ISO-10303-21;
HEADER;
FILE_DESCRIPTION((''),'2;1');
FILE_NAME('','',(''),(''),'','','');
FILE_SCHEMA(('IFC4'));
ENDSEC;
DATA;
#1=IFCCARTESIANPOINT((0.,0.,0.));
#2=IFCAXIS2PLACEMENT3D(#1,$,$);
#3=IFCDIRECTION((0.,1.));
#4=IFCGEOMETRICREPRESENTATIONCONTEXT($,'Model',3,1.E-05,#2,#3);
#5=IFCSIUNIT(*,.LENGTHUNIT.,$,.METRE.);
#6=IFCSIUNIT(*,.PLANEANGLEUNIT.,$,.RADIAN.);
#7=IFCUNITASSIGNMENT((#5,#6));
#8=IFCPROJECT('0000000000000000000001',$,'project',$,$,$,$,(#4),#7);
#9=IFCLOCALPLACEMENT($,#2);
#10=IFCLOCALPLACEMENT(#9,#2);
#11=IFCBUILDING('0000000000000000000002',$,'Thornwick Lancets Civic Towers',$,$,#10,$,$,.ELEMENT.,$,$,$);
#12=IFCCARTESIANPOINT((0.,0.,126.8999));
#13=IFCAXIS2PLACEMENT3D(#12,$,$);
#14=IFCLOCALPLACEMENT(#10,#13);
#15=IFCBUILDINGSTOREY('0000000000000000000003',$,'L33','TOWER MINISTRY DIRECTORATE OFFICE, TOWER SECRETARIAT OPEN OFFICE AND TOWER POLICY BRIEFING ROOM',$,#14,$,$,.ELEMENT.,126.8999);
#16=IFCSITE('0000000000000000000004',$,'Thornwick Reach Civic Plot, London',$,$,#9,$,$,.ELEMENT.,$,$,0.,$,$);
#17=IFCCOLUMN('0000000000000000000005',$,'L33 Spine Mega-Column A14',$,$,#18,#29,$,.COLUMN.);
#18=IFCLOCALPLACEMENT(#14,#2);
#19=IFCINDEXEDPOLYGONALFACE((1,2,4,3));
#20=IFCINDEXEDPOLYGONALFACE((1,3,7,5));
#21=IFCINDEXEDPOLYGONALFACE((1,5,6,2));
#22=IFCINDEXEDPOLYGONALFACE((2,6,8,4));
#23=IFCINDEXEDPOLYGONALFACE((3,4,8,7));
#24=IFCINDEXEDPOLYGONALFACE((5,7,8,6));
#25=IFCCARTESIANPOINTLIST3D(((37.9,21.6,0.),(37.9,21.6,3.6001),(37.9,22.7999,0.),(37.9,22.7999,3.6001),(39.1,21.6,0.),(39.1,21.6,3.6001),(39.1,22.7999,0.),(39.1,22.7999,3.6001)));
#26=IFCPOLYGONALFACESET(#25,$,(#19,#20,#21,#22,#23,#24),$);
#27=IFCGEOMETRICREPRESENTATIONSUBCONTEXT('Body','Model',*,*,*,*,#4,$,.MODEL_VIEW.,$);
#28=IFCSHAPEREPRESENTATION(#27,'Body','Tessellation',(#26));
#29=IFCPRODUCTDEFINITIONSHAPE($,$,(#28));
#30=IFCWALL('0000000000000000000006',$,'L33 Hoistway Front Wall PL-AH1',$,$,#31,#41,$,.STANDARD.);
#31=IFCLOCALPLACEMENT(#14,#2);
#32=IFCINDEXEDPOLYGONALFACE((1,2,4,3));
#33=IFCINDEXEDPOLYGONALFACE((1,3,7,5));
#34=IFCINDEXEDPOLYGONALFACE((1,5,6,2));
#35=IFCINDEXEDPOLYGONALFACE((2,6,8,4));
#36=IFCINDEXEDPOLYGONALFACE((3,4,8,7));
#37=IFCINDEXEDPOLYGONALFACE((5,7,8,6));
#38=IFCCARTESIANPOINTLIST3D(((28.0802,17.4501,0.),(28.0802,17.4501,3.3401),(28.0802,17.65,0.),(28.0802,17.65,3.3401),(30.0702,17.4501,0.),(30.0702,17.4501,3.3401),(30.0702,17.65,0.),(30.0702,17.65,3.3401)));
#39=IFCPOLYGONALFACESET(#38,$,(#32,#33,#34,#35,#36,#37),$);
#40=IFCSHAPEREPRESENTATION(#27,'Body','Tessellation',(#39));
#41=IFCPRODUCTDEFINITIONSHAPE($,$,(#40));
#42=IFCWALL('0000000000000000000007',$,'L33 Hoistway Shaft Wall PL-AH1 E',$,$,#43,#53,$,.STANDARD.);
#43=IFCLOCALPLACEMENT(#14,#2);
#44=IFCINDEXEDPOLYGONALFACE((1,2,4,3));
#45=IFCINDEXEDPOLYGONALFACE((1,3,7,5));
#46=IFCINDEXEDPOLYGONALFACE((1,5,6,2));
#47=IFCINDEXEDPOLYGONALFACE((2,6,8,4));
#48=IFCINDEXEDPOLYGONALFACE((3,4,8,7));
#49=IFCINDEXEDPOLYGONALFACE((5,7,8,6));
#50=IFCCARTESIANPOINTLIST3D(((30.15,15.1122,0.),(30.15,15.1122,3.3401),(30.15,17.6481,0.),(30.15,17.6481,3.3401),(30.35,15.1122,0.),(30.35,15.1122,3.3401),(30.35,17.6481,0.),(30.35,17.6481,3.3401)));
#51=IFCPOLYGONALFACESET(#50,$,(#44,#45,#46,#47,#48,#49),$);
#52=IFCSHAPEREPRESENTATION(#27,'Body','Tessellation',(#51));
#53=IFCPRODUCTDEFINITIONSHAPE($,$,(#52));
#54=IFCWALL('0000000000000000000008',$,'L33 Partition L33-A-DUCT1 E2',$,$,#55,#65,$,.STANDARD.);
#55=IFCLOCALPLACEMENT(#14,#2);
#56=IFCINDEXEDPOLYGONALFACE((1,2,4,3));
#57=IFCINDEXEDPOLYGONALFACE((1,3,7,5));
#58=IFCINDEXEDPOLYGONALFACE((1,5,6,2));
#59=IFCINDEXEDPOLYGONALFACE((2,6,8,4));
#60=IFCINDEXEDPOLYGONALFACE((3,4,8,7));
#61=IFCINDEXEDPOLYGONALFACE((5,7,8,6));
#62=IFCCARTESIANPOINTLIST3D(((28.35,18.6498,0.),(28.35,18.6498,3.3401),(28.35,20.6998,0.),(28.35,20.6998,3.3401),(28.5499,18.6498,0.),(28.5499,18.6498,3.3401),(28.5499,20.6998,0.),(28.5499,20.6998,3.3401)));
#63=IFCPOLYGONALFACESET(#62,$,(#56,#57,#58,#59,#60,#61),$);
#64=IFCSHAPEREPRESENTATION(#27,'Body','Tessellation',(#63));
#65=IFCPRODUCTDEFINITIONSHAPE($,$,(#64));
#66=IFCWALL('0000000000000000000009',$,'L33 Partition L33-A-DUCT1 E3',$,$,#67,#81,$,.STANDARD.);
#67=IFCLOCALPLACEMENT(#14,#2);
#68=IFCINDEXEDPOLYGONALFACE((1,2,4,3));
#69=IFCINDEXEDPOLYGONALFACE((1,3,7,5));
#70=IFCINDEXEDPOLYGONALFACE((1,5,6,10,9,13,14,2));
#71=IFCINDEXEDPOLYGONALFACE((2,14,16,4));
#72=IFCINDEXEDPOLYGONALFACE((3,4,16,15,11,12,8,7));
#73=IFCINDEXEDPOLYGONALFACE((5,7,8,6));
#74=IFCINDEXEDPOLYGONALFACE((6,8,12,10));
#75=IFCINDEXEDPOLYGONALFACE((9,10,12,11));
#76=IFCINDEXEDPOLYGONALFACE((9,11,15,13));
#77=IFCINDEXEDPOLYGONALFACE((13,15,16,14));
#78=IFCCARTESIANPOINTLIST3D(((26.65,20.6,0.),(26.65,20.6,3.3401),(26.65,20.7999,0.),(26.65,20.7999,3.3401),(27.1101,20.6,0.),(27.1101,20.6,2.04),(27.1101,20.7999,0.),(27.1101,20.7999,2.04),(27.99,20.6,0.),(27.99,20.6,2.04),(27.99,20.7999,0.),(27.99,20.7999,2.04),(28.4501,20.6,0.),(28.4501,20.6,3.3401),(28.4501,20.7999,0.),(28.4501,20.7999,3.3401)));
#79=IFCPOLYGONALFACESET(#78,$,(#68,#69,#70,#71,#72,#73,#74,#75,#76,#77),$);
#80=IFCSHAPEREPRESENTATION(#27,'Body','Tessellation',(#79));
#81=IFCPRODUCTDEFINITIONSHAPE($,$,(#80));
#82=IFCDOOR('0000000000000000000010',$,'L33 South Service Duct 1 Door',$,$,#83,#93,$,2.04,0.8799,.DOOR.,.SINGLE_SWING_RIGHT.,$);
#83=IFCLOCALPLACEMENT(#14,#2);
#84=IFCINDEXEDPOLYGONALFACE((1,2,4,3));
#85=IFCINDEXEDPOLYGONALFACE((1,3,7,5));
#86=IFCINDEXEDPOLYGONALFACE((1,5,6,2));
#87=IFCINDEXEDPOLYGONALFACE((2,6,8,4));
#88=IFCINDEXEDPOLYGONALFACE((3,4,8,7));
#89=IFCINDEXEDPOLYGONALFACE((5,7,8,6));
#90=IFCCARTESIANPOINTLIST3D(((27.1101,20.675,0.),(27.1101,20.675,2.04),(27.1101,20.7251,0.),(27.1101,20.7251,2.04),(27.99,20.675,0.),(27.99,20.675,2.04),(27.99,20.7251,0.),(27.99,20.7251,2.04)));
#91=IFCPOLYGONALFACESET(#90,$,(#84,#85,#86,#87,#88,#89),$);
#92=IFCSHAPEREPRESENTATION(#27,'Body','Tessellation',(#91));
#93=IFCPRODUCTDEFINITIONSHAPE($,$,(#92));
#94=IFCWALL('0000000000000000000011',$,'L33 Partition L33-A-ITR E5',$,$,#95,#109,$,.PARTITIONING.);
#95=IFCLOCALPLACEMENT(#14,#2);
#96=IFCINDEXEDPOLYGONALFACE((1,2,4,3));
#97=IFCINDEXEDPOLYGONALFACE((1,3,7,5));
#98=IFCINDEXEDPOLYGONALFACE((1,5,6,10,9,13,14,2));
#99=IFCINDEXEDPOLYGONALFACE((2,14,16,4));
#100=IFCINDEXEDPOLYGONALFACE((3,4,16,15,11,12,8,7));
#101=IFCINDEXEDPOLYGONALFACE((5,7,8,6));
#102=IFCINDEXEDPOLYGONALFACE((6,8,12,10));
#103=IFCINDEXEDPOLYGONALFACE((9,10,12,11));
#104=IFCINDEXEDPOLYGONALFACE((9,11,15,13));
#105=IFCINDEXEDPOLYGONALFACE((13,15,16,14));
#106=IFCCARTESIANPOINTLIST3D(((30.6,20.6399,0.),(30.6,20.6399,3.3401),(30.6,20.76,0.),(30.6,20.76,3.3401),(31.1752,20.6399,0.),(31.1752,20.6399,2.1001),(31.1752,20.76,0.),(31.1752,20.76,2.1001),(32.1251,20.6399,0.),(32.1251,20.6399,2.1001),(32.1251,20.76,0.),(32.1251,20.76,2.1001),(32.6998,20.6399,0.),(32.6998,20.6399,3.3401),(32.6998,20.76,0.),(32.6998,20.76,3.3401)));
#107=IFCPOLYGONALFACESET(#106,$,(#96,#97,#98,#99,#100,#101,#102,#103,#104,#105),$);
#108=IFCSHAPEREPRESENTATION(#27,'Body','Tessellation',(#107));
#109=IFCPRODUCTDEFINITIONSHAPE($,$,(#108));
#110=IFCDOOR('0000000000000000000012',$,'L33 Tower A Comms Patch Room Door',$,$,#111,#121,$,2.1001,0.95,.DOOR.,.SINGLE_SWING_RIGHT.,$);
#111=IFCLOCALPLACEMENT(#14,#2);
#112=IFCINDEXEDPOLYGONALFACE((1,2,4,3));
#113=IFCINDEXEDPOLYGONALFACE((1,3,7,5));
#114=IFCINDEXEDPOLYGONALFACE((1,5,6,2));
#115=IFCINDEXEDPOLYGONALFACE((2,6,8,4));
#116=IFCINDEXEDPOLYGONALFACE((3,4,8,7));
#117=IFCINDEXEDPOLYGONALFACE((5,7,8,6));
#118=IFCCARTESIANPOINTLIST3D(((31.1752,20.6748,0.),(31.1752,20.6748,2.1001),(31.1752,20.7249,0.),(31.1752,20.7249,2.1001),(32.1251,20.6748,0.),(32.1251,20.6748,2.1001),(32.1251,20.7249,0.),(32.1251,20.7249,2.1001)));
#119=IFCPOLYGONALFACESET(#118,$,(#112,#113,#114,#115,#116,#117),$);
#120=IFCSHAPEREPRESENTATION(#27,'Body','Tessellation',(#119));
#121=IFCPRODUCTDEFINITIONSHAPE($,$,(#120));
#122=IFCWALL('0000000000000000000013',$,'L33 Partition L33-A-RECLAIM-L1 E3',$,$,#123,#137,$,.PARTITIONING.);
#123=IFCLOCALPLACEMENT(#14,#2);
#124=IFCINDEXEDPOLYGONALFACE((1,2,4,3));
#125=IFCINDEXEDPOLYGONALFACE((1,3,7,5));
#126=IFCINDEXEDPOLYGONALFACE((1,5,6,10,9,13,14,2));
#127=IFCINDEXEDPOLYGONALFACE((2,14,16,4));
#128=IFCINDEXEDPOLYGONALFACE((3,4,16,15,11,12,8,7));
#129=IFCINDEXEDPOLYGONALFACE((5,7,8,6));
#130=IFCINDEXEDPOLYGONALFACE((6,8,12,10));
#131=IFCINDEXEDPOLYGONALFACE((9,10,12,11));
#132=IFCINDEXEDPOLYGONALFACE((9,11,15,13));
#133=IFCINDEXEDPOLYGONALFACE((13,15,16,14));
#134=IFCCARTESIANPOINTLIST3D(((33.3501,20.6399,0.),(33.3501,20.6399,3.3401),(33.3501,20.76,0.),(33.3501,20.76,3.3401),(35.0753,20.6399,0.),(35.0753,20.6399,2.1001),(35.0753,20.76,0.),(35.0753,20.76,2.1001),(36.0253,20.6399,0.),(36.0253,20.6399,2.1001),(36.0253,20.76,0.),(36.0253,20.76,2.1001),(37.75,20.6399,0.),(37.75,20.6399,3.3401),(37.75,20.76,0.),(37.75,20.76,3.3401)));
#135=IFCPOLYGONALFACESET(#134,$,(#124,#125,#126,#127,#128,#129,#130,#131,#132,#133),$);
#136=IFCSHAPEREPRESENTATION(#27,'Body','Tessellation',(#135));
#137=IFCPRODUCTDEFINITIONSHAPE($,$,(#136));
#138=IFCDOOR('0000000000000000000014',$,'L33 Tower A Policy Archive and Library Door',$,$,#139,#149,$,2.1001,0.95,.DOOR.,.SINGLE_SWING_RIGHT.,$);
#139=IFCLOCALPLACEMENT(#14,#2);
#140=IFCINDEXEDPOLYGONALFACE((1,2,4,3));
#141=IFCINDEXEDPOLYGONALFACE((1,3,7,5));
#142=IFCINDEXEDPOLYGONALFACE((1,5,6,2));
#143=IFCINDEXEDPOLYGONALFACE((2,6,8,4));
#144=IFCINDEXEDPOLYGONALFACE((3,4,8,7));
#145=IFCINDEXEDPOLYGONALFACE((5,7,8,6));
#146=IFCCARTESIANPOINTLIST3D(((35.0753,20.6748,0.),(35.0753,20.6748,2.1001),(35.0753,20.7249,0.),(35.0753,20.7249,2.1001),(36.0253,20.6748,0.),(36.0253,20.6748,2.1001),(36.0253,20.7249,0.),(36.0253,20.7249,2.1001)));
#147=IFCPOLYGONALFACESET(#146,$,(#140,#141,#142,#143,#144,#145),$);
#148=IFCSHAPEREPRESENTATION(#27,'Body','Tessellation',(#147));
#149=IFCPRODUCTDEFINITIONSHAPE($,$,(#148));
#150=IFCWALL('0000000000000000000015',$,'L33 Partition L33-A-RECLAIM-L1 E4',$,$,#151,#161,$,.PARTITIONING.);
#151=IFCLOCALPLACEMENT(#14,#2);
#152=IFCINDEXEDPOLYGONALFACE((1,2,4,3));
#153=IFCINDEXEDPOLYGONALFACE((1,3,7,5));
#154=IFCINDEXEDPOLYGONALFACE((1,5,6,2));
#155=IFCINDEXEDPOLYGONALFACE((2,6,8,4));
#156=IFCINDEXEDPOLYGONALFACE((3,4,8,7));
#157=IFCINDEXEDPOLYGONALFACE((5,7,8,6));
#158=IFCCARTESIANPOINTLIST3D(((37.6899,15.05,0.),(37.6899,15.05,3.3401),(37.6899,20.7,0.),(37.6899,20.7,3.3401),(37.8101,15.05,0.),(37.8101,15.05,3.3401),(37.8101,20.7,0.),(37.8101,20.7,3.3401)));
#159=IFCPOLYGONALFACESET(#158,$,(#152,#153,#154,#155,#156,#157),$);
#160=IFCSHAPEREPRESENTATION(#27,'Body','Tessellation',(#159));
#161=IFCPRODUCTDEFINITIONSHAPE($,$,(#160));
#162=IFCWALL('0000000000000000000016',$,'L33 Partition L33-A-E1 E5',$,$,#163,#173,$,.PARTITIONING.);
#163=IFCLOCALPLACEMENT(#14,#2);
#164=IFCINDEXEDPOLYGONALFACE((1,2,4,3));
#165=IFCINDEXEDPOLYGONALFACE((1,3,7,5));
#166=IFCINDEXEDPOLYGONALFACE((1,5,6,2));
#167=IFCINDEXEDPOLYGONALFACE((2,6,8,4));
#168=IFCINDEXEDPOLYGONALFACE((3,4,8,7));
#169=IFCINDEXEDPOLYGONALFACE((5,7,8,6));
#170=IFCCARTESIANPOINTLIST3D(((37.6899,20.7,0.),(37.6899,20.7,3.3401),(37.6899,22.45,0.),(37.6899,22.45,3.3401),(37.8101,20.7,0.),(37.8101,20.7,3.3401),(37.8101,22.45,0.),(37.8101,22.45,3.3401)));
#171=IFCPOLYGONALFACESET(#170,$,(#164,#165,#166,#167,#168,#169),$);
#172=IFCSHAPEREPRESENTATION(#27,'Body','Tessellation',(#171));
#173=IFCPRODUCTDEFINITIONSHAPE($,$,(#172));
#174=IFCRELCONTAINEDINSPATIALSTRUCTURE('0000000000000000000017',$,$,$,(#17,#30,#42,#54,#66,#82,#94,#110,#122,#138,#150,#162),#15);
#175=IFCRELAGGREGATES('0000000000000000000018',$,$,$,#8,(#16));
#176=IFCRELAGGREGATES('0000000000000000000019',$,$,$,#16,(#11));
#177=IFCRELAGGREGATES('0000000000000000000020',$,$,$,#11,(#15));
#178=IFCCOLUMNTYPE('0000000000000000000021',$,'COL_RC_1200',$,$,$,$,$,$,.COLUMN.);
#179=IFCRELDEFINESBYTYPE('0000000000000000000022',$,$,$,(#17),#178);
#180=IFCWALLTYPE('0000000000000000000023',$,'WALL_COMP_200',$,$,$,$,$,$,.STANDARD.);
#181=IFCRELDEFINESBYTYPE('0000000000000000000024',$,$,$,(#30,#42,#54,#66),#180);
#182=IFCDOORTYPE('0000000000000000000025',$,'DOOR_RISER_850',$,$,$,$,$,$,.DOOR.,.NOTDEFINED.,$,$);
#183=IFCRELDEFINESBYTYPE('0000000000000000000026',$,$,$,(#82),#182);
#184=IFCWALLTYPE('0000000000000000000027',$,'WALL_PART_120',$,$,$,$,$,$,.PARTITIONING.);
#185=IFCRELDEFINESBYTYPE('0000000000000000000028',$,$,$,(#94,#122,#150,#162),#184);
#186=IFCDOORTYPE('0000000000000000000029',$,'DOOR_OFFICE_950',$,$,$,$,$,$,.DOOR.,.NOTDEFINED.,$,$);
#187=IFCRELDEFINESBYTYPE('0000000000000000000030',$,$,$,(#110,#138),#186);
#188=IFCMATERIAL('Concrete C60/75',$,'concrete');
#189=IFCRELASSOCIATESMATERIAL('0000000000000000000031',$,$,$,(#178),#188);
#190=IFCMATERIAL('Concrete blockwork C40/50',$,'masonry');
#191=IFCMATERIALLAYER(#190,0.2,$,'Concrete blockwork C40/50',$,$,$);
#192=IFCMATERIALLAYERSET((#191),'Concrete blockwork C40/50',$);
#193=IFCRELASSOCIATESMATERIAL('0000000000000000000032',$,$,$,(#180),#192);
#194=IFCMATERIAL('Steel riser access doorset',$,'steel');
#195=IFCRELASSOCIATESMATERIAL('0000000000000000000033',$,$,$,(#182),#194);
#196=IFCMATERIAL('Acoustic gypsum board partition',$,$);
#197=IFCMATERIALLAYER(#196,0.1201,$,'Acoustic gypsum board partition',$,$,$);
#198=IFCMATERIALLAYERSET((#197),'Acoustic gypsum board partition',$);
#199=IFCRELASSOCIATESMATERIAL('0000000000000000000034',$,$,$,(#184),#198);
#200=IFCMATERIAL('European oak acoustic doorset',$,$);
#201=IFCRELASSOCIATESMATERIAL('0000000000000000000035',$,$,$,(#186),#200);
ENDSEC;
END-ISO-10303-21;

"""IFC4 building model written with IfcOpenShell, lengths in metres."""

from ifc_helpers import new_model, si_unit, direction, frame, frame_2d, origin, origin_2d, place, context, subcontext, project, spatial, rectangle, extrude, material, layer, layer_set, material_profile, profile_set, type_object, element, fill, save


model = new_model("IFC4")

# Units and contexts
model_context = context("Model", 3, precision=1e-05, world=origin(), true_north=direction((0.0, 1.0)))
body_context = subcontext(model_context, "Body", "Model", "MODEL_VIEW")
ifc_project = project(units=[si_unit("LENGTHUNIT", "METRE"), si_unit("PLANEANGLEUNIT", "RADIAN")], contexts=[model_context])

# Site, building, storey
site_placement = place(None, origin())
site = spatial("IfcSite", under=ifc_project, at=site_placement, Name="Thornwick Reach Civic Plot, London", CompositionType="ELEMENT", RefElevation=0.0)
building_placement = place(site_placement, origin())
building = spatial("IfcBuilding", under=site, at=building_placement, Name="Thornwick Lancets Civic Towers", CompositionType="ELEMENT")
storey_placement = place(building_placement, frame((0.0, 0.0, 126.8999)))
storey = spatial("IfcBuildingStorey", under=building, at=storey_placement, Name="L33", Description="TOWER MINISTRY DIRECTORATE OFFICE, TOWER SECRETARIAT OPEN OFFICE AND TOWER POLICY BRIEFING ROOM", CompositionType="ELEMENT", Elevation=126.8999)

# Column
ifc_material_1 = material(Name="Concrete C60/75", Category="concrete")
ifc_material_profile = material_profile(ifc_material_1, rectangle(XDim=1.2, YDim=1.2, at=origin_2d()), Name="RC 1200x1200")
ifc_profile_set = profile_set([ifc_material_profile], Name="Concrete C60/75")
column_type = type_object("IfcColumnType", Name="COL_RC_1200", PredefinedType="COLUMN", material=ifc_profile_set)
column_placement = place(storey_placement, frame((38.5, 22.2, 0.0), z_axis=(0.0, 0.0, 1.0), x_axis=(1.0, 0.0, 0.0)))
element("IfcColumn", 1, at=column_placement, inside=storey, type_object=column_type, Name="L33 Spine Mega-Column A14", PredefinedType="COLUMN", context=body_context, shape_type="SweptSolid", body=[
    extrude(rectangle(XDim=1.2, YDim=1.2, at=origin_2d()), origin(), (0.0, 0.0, 1.0), 3.6001),
])

# Walls
ifc_material_2 = material(Name="Concrete blockwork C40/50", Category="masonry")
ifc_layer_1 = layer(ifc_material_2, 0.2, Name="Concrete blockwork C40/50")
ifc_layer_set_1 = layer_set([ifc_layer_1], Name="Concrete blockwork C40/50")
wall_type_1 = type_object("IfcWallType", Name="WALL_COMP_200", PredefinedType="STANDARD", material=ifc_layer_set_1)
wall_1_placement = place(storey_placement, frame((28.0801, 17.55, 0.0), z_axis=(0.0, 0.0, 1.0), x_axis=(1.0, 0.0, 0.0)))
element("IfcWall", 2, at=wall_1_placement, inside=storey, type_object=wall_type_1, Name="L33 Hoistway Front Wall PL-AH1", PredefinedType="STANDARD", context=body_context, shape_type="SweptSolid", body=[
    extrude(rectangle(XDim=1.99, YDim=0.2, at=frame_2d((0.9951, 0.0))), origin(), (0.0, 0.0, 1.0), 3.3401),
])
wall_2_placement = place(storey_placement, frame((30.25, 15.1121, 0.0), z_axis=(0.0, 0.0, 1.0), x_axis=(0.0, 1.0, 0.0)))
element("IfcWall", 3, at=wall_2_placement, inside=storey, type_object=wall_type_1, Name="L33 Hoistway Shaft Wall PL-AH1 E", PredefinedType="STANDARD", context=body_context, shape_type="SweptSolid", body=[
    extrude(rectangle(XDim=2.5359, YDim=0.2, at=frame_2d((1.2681, 0.0))), origin(), (0.0, 0.0, 1.0), 3.3401),
])
wall_3_placement = place(storey_placement, frame((28.45, 18.6499, 0.0), z_axis=(0.0, 0.0, 1.0), x_axis=(0.0, 1.0, 0.0)))
element("IfcWall", 4, at=wall_3_placement, inside=storey, type_object=wall_type_1, Name="L33 Partition L33-A-DUCT1 E2", PredefinedType="STANDARD", context=body_context, shape_type="SweptSolid", body=[
    extrude(rectangle(XDim=2.05, YDim=0.2, at=frame_2d((1.0249, 0.0))), origin(), (0.0, 0.0, 1.0), 3.3401),
])

# Walls, openings, doors
wall_4_placement = place(storey_placement, frame((28.45, 20.7, 0.0), z_axis=(0.0, 0.0, 1.0), x_axis=(-1.0, 0.0, 0.0)))
wall_4 = element("IfcWall", 5, at=wall_4_placement, inside=storey, type_object=wall_type_1, Name="L33 Partition L33-A-DUCT1 E3", PredefinedType="STANDARD", context=body_context, shape_type="SweptSolid", body=[
    extrude(rectangle(XDim=1.8, YDim=0.2, at=frame_2d((0.8999, 0.0))), origin(), (0.0, 0.0, 1.0), 3.3401),
])
opening_1_placement = place(wall_4_placement, frame((0.46, 0.0, 0.0)))
opening_1 = element("IfcOpeningElement", 6, at=opening_1_placement, cuts=wall_4, PredefinedType="OPENING", context=body_context, shape_type="SweptSolid", body=[
    extrude(rectangle(XDim=0.8799, YDim=2.04, at=frame_2d((0.4399, 1.02))), frame((0.0, 0.1099, 0.0), z_axis=(0.0, -1.0, 0.0), x_axis=(1.0, 0.0, 0.0)), (0.0, 0.0, 1.0), 0.22),
])
ifc_material_3 = material(Name="Steel riser access doorset", Category="steel")
door_type_1 = type_object("IfcDoorType", Name="DOOR_RISER_850", OperationType="NOTDEFINED", PredefinedType="DOOR", material=ifc_material_3)
door_1_placement = place(opening_1_placement, origin())
door_1 = element("IfcDoor", 7, at=door_1_placement, inside=storey, type_object=door_type_1, Name="L33 South Service Duct 1 Door", OperationType="SINGLE_SWING_RIGHT", OverallHeight=2.04, OverallWidth=0.8799, PredefinedType="DOOR", context=body_context, shape_type="SweptSolid", body=[
    extrude(rectangle(XDim=0.8799, YDim=2.04, at=frame_2d((0.4399, 1.02))), frame((0.0, 0.0249, 0.0), z_axis=(0.0, -1.0, 0.0), x_axis=(1.0, 0.0, 0.0)), (0.0, 0.0, 1.0), 0.05),
])
fill(opening_1, door_1)
ifc_material_4 = material(Name="Acoustic gypsum board partition")
ifc_layer_2 = layer(ifc_material_4, 0.1201, Name="Acoustic gypsum board partition")
ifc_layer_set_2 = layer_set([ifc_layer_2], Name="Acoustic gypsum board partition")
wall_type_2 = type_object("IfcWallType", Name="WALL_PART_120", PredefinedType="PARTITIONING", material=ifc_layer_set_2)
wall_5_placement = place(storey_placement, frame((30.6001, 20.7, 0.0), z_axis=(0.0, 0.0, 1.0), x_axis=(1.0, 0.0, 0.0)))
wall_5 = element("IfcWall", 8, at=wall_5_placement, inside=storey, type_object=wall_type_2, Name="L33 Partition L33-A-ITR E5", PredefinedType="PARTITIONING", context=body_context, shape_type="SweptSolid", body=[
    extrude(rectangle(XDim=2.0999, YDim=0.1201, at=frame_2d((1.0498, 0.0))), origin(), (0.0, 0.0, 1.0), 3.3401),
])
opening_2_placement = place(wall_5_placement, frame((0.575, 0.0, 0.0)))
opening_2 = element("IfcOpeningElement", 9, at=opening_2_placement, cuts=wall_5, PredefinedType="OPENING", context=body_context, shape_type="SweptSolid", body=[
    extrude(rectangle(XDim=0.95, YDim=2.1001, at=frame_2d((0.4751, 1.05))), frame((0.0, 0.0701, 0.0), z_axis=(0.0, -1.0, 0.0), x_axis=(1.0, 0.0, 0.0)), (0.0, 0.0, 1.0), 0.1401),
])
ifc_material_5 = material(Name="European oak acoustic doorset")
door_type_2 = type_object("IfcDoorType", Name="DOOR_OFFICE_950", OperationType="NOTDEFINED", PredefinedType="DOOR", material=ifc_material_5)
door_2_placement = place(opening_2_placement, origin())
door_2 = element("IfcDoor", 10, at=door_2_placement, inside=storey, type_object=door_type_2, Name="L33 Tower A Comms Patch Room Door", OperationType="SINGLE_SWING_RIGHT", OverallHeight=2.1001, OverallWidth=0.95, PredefinedType="DOOR", context=body_context, shape_type="SweptSolid", body=[
    extrude(rectangle(XDim=0.95, YDim=2.1001, at=frame_2d((0.4751, 1.05))), frame((0.0, 0.0249, 0.0), z_axis=(0.0, -1.0, 0.0), x_axis=(1.0, 0.0, 0.0)), (0.0, 0.0, 1.0), 0.05),
])
fill(opening_2, door_2)
wall_6_placement = place(storey_placement, frame((33.3501, 20.7, 0.0), z_axis=(0.0, 0.0, 1.0), x_axis=(1.0, 0.0, 0.0)))
wall_6 = element("IfcWall", 11, at=wall_6_placement, inside=storey, type_object=wall_type_2, Name="L33 Partition L33-A-RECLAIM-L1 E3", PredefinedType="PARTITIONING", context=body_context, shape_type="SweptSolid", body=[
    extrude(rectangle(XDim=4.3999, YDim=0.1201, at=frame_2d((2.2, 0.0))), origin(), (0.0, 0.0, 1.0), 3.3401),
])
opening_3_placement = place(wall_6_placement, frame((1.7251, 0.0, 0.0)))
opening_3 = element("IfcOpeningElement", 12, at=opening_3_placement, cuts=wall_6, PredefinedType="OPENING", context=body_context, shape_type="SweptSolid", body=[
    extrude(rectangle(XDim=0.95, YDim=2.1001, at=frame_2d((0.4751, 1.05))), frame((0.0, 0.0701, 0.0), z_axis=(0.0, -1.0, 0.0), x_axis=(1.0, 0.0, 0.0)), (0.0, 0.0, 1.0), 0.1401),
])
door_3_placement = place(opening_3_placement, origin())
door_3 = element("IfcDoor", 13, at=door_3_placement, inside=storey, type_object=door_type_2, Name="L33 Tower A Policy Archive and Library Door", OperationType="SINGLE_SWING_RIGHT", OverallHeight=2.1001, OverallWidth=0.95, PredefinedType="DOOR", context=body_context, shape_type="SweptSolid", body=[
    extrude(rectangle(XDim=0.95, YDim=2.1001, at=frame_2d((0.4751, 1.05))), frame((0.0, 0.0249, 0.0), z_axis=(0.0, -1.0, 0.0), x_axis=(1.0, 0.0, 0.0)), (0.0, 0.0, 1.0), 0.05),
])
fill(opening_3, door_3)

# Walls
wall_7_placement = place(storey_placement, frame((37.75, 20.7, 0.0), z_axis=(0.0, 0.0, 1.0), x_axis=(0.0, -1.0, 0.0)))
element("IfcWall", 14, at=wall_7_placement, inside=storey, type_object=wall_type_2, Name="L33 Partition L33-A-RECLAIM-L1 E4", PredefinedType="PARTITIONING", context=body_context, shape_type="SweptSolid", body=[
    extrude(rectangle(XDim=5.6499, YDim=0.1201, at=frame_2d((2.825, 0.0))), origin(), (0.0, 0.0, 1.0), 3.3401),
])
wall_8_placement = place(storey_placement, frame((37.75, 20.7, 0.0), z_axis=(0.0, 0.0, 1.0), x_axis=(0.0, 1.0, 0.0)))
element("IfcWall", 15, at=wall_8_placement, inside=storey, type_object=wall_type_2, Name="L33 Partition L33-A-E1 E5", PredefinedType="PARTITIONING", context=body_context, shape_type="SweptSolid", body=[
    extrude(rectangle(XDim=1.75, YDim=0.1201, at=frame_2d((0.875, 0.0))), origin(), (0.0, 0.0, 1.0), 3.3401),
])

save(model, "model.ifc")
